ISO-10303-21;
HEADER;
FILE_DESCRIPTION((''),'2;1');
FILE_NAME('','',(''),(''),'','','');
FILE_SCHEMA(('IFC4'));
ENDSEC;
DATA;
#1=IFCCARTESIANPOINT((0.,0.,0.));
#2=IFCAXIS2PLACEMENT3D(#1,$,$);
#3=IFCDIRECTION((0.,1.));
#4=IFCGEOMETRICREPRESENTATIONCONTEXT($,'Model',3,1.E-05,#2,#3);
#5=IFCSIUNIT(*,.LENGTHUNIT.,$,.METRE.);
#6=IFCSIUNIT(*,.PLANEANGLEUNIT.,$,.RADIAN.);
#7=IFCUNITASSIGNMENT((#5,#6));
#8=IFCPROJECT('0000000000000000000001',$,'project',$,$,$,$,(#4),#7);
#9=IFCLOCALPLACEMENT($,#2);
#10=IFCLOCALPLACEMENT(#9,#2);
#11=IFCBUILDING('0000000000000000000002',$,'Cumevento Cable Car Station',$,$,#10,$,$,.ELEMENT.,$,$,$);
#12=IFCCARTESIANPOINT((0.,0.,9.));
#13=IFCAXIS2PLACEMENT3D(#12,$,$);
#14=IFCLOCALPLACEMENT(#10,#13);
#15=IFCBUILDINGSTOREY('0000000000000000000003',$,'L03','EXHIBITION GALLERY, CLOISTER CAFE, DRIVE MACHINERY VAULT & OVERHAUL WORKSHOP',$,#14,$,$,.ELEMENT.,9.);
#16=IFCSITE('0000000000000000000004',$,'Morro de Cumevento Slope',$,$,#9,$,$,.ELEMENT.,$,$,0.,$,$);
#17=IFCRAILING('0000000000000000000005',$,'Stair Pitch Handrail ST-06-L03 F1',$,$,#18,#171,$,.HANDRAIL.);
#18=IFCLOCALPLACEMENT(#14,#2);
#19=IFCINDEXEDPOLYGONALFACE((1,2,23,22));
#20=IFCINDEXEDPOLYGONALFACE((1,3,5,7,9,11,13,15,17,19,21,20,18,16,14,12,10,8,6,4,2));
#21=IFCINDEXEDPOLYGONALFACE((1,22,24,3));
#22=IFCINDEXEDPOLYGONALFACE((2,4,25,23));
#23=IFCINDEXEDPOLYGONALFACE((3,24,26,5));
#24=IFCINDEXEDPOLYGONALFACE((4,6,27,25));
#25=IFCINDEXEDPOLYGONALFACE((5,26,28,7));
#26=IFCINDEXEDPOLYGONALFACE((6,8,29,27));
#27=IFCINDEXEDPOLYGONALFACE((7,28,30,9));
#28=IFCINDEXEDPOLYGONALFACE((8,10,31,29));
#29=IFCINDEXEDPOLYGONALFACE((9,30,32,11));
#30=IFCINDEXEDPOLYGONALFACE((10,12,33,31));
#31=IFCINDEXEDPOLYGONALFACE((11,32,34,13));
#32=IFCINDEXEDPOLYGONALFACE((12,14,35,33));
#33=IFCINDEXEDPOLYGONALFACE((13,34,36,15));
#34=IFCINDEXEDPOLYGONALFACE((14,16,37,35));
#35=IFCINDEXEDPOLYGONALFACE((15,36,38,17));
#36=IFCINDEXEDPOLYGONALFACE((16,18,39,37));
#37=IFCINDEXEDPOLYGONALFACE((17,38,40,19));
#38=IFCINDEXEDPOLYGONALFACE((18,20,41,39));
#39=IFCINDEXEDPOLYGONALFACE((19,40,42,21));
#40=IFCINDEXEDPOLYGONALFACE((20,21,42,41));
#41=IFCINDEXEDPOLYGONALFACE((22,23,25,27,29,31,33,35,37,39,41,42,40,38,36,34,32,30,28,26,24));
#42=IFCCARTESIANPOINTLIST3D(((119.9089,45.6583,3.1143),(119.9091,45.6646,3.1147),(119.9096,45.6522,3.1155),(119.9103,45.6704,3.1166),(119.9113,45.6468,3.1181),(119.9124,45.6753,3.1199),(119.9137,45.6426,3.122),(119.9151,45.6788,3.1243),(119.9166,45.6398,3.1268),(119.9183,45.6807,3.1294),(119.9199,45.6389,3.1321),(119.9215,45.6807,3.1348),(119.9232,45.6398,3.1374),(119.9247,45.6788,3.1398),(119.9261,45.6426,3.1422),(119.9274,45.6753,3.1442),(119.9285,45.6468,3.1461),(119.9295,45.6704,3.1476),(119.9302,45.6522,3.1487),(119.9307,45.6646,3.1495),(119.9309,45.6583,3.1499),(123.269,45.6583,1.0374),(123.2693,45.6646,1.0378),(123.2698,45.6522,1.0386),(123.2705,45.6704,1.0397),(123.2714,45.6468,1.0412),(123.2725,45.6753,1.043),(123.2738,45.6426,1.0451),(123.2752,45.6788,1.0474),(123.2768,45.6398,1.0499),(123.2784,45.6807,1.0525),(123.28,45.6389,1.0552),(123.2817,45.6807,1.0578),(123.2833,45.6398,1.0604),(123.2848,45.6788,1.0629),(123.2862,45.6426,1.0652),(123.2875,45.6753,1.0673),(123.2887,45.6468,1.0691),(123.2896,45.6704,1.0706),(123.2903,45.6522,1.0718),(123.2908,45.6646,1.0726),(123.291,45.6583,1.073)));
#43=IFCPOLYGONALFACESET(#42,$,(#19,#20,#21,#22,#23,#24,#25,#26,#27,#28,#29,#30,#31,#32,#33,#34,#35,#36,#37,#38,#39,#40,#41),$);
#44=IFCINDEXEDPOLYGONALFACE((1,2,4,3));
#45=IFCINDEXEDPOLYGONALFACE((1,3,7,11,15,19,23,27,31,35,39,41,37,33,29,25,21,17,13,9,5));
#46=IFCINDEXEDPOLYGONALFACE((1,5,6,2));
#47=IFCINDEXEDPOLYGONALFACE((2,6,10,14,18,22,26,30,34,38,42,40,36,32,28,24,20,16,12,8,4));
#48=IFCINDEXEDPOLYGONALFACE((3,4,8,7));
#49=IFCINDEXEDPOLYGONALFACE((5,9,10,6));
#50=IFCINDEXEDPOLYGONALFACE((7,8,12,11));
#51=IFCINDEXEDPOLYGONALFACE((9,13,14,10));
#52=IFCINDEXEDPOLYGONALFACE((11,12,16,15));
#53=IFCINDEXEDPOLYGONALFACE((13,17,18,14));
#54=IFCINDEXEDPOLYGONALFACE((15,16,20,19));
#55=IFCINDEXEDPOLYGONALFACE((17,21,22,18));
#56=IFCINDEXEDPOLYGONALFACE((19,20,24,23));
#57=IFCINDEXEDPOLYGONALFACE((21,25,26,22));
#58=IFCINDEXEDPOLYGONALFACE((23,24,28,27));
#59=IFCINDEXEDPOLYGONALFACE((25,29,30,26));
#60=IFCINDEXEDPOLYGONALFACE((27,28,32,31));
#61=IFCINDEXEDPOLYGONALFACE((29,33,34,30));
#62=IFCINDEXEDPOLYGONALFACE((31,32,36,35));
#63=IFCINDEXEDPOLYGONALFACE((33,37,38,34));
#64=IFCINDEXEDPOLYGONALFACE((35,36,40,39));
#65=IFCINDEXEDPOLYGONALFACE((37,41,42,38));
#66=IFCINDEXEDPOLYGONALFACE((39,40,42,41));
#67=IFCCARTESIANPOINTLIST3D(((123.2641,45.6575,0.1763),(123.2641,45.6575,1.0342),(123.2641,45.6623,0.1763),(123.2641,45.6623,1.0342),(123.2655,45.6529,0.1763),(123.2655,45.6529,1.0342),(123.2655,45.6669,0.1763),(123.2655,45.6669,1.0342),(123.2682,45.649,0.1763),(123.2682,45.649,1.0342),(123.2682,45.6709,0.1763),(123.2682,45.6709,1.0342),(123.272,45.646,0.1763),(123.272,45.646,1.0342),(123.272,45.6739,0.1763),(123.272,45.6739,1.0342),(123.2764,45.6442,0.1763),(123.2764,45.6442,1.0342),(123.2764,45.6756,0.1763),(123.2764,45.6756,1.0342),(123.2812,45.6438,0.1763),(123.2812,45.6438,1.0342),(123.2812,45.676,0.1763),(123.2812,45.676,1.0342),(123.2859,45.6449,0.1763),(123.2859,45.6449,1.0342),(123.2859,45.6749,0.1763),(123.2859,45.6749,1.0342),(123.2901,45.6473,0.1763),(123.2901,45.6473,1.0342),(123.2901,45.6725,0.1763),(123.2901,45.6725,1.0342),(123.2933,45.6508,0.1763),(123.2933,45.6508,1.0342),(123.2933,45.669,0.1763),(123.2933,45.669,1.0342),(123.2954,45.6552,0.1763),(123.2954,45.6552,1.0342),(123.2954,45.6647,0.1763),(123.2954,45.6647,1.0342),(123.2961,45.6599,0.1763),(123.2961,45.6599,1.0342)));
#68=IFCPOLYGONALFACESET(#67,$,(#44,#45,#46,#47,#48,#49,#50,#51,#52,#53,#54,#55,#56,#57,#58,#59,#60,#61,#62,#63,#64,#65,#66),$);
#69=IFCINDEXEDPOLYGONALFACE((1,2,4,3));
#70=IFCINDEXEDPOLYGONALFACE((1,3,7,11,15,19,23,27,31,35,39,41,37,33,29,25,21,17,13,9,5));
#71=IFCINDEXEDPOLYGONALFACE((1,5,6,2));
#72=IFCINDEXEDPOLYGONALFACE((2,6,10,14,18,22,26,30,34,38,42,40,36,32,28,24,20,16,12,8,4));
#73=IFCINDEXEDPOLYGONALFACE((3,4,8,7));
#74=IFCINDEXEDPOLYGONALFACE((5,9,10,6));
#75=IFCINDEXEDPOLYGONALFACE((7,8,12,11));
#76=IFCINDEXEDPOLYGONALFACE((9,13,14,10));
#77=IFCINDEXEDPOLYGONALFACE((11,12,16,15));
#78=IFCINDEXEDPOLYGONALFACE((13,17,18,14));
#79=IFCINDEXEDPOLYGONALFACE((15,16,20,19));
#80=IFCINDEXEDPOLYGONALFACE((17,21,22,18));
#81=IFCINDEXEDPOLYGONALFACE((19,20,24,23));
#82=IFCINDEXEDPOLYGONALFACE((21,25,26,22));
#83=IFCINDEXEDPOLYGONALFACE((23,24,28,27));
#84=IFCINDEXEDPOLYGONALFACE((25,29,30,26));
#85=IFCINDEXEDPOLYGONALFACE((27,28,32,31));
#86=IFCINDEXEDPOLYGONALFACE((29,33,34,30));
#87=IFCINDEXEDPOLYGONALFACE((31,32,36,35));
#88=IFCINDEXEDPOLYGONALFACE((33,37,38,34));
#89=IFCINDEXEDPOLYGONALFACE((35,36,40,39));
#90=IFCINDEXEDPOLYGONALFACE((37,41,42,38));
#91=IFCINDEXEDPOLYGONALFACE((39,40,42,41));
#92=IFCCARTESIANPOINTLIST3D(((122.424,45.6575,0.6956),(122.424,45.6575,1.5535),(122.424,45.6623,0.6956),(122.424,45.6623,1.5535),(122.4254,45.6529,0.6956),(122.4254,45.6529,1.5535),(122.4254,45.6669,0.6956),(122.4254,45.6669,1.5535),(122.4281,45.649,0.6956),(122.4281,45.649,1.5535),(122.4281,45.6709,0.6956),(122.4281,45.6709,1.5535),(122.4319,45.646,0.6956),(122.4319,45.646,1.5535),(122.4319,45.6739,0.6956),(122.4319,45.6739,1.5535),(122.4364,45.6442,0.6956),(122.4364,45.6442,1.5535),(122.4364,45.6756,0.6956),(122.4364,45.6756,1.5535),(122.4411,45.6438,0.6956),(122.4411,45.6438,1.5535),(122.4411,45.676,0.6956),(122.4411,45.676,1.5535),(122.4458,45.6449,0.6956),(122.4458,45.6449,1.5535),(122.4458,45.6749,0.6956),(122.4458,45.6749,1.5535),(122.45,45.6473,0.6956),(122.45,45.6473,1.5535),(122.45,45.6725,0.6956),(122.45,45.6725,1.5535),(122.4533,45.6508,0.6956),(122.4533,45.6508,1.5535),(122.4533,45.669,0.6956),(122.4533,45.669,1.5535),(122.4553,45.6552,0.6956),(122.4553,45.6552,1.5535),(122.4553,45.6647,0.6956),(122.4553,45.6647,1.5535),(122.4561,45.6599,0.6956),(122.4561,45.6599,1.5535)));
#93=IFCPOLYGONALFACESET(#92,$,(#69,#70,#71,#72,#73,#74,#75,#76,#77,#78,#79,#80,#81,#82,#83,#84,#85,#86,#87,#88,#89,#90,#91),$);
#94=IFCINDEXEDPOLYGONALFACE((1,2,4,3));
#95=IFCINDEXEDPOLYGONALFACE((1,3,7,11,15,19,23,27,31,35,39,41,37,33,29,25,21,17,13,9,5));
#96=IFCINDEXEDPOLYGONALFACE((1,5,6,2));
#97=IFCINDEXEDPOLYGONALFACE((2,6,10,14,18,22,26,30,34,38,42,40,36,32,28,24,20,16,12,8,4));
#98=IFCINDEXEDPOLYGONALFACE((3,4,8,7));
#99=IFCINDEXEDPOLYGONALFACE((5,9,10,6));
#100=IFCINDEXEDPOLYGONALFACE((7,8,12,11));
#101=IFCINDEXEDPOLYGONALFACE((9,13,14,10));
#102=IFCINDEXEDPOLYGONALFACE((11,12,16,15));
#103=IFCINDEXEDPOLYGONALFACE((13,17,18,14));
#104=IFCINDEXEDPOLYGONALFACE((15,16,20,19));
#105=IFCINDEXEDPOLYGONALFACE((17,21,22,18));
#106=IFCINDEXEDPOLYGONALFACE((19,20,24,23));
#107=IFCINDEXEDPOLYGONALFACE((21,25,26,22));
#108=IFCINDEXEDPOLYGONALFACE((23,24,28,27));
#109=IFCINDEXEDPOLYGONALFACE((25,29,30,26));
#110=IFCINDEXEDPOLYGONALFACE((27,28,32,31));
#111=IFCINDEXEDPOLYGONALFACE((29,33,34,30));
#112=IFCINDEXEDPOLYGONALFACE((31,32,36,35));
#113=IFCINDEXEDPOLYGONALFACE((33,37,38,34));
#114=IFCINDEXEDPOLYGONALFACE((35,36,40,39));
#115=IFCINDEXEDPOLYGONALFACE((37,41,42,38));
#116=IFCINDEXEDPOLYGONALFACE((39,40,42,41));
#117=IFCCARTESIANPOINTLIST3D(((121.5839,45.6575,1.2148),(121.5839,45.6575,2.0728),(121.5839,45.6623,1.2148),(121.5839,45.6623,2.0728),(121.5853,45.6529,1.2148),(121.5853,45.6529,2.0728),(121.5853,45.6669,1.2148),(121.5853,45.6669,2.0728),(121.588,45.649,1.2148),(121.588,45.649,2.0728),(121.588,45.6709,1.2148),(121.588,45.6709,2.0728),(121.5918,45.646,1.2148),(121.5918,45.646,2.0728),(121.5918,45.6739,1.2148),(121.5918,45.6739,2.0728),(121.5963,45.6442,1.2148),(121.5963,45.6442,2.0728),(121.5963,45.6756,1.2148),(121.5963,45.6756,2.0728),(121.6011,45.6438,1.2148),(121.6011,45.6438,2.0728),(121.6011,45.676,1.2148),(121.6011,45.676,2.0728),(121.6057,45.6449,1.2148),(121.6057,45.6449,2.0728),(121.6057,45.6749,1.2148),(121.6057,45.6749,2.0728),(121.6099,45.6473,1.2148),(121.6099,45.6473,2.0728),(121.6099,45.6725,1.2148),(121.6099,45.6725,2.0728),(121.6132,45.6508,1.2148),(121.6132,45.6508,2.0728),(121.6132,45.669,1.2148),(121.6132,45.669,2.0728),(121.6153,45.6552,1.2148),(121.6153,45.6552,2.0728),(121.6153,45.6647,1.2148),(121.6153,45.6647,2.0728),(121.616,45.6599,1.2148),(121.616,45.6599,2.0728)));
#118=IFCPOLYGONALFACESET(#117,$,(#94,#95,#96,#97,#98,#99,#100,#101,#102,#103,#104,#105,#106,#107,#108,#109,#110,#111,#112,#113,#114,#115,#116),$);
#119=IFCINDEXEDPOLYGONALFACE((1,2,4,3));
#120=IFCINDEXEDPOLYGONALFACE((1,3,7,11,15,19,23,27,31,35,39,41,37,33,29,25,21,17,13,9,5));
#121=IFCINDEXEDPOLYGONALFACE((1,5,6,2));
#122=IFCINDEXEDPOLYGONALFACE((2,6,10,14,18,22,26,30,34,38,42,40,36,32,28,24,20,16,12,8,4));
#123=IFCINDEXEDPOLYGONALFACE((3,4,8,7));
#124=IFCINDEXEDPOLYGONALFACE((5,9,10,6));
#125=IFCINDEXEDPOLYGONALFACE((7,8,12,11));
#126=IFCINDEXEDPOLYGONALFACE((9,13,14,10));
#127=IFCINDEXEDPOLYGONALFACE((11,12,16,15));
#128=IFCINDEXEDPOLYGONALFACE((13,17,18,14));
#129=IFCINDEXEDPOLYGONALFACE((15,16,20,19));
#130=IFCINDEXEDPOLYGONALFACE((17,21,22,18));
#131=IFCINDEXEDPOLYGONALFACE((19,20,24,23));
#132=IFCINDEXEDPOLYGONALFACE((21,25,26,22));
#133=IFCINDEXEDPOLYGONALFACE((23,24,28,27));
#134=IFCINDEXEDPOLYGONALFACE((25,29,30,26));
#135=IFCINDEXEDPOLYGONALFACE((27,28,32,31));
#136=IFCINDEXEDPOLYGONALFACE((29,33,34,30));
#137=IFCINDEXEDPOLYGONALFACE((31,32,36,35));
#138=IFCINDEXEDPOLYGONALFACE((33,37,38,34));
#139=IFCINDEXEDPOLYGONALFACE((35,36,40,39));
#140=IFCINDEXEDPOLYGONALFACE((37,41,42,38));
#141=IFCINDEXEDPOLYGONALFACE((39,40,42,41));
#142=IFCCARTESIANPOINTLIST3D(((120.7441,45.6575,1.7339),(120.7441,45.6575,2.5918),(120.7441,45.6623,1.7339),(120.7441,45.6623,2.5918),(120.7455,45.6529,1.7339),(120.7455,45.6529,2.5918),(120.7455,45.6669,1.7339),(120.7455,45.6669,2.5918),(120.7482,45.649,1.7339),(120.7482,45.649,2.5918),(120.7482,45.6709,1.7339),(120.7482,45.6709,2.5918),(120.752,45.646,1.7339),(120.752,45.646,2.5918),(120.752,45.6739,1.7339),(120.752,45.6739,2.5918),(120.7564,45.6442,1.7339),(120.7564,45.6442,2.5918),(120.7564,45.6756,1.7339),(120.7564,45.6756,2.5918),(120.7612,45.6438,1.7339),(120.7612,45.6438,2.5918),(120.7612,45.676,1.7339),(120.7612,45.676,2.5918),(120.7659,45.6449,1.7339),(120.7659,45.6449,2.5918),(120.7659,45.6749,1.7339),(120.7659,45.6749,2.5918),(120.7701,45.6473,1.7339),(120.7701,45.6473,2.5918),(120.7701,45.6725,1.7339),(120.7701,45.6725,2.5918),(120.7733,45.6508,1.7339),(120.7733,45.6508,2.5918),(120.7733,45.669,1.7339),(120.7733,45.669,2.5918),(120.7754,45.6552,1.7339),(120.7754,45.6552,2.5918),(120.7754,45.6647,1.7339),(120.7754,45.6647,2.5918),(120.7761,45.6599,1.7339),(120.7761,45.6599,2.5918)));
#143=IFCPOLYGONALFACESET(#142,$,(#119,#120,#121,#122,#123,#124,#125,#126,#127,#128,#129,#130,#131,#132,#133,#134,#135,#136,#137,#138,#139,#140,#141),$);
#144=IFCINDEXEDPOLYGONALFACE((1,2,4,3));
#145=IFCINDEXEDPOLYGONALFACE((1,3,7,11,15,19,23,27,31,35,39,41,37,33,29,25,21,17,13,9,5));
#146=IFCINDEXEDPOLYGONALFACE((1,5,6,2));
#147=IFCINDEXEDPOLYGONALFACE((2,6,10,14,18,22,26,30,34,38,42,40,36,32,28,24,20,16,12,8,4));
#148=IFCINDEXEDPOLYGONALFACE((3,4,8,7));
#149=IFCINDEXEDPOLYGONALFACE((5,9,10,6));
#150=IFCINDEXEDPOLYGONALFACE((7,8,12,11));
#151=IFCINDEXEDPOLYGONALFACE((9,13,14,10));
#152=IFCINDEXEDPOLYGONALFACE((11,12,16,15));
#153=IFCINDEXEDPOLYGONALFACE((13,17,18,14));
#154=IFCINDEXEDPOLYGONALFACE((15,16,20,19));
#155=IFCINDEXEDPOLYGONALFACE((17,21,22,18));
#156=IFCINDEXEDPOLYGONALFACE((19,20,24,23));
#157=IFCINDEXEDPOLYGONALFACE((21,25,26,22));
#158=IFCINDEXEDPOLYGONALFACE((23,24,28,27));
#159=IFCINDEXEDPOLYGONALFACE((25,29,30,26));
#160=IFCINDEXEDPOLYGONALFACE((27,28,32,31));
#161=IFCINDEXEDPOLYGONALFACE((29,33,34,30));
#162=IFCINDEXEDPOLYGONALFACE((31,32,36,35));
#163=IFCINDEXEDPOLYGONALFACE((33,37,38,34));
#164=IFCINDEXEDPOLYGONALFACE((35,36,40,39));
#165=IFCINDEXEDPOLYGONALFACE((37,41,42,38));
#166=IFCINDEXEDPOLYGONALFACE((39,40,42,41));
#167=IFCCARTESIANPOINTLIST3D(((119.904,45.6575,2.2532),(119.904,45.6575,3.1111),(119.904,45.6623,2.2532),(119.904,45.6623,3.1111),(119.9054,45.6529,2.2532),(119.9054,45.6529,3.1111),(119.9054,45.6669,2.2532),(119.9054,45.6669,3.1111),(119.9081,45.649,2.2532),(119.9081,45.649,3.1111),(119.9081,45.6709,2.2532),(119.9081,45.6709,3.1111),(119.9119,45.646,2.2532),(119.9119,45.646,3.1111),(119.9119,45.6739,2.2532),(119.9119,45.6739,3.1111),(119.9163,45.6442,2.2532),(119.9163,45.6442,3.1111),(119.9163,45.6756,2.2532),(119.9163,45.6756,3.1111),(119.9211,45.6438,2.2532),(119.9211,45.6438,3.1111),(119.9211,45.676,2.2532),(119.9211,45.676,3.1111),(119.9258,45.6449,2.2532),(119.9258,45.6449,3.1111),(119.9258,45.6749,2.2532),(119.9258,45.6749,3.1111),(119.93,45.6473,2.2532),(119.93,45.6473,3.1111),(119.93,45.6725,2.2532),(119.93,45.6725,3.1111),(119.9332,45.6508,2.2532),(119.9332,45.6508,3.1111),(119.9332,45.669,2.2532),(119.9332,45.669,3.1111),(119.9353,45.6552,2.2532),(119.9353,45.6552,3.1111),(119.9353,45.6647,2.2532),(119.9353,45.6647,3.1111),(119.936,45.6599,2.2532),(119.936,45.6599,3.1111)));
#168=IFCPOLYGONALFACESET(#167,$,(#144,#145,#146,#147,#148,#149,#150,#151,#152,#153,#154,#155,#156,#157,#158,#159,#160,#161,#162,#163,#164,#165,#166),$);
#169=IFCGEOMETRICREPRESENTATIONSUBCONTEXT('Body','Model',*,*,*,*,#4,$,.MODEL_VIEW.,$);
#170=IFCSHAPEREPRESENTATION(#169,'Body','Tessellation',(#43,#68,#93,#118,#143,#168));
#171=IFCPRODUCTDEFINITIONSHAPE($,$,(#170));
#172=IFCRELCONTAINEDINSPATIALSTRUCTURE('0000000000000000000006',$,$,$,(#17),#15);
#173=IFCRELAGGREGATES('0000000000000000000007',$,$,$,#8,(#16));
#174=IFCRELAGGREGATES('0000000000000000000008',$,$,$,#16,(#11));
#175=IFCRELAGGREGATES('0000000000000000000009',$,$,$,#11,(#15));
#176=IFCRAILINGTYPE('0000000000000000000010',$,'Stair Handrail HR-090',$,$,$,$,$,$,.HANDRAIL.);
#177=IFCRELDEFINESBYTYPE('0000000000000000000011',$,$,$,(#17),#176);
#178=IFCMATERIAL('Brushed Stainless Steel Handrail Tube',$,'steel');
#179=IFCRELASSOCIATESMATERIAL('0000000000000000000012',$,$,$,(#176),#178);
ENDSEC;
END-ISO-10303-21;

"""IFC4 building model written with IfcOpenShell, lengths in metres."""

from ifc_helpers import new_model, si_unit, direction, frame, origin, origin_2d, place, context, subcontext, project, spatial, circle, extrude, material, type_object, element, save


model = new_model("IFC4")

# Units and contexts
model_context = context("Model", 3, precision=1e-05, world=origin(), true_north=direction((0.0, 1.0)))
body_context = subcontext(model_context, "Body", "Model", "MODEL_VIEW")
ifc_project = project(units=[si_unit("LENGTHUNIT", "METRE"), si_unit("PLANEANGLEUNIT", "RADIAN")], contexts=[model_context])

# Site, building, storey
site_placement = place(None, origin())
site = spatial("IfcSite", under=ifc_project, at=site_placement, Name="Morro de Cumevento Slope", CompositionType="ELEMENT", RefElevation=0.0)
building_placement = place(site_placement, origin())
building = spatial("IfcBuilding", under=site, at=building_placement, Name="Cumevento Cable Car Station", CompositionType="ELEMENT")
storey_placement = place(building_placement, frame((0.0, 0.0, 9.0)))
storey = spatial("IfcBuildingStorey", under=building, at=storey_placement, Name="L03", Description="EXHIBITION GALLERY, CLOISTER CAFE, DRIVE MACHINERY VAULT & OVERHAUL WORKSHOP", CompositionType="ELEMENT", Elevation=9.0)

# Railing
ifc_material_1 = material(Name="Brushed Stainless Steel Handrail Tube", Category="steel")
railing_type_1 = type_object("IfcRailingType", Name="Stair Handrail HR-090", PredefinedType="HANDRAIL", material=ifc_material_1)
railing_1_placement = place(storey_placement, frame((123.28, 45.6599, 0.1763)))
element("IfcRailing", 1, at=railing_1_placement, inside=storey, type_object=railing_type_1, Name="Stair Pitch Handrail ST-06-L03 F1", PredefinedType="HANDRAIL", context=body_context, shape_type="SweptSolid", body=[
    extrude(circle(Radius=0.021, at=origin_2d()), frame((0.0, 0.0, 0.8789), z_axis=(-0.850623, 0.0, 0.525776), x_axis=(0.0, -1.0, 0.0)), (0.0, 0.0, 1.0), 3.9502),
    extrude(circle(Radius=0.0161, at=origin_2d()), origin(), (0.0, 0.0, 1.0), 0.8579),
    extrude(circle(Radius=0.0161, at=origin_2d()), frame((-0.8401, 0.0, 0.5193)), (0.0, 0.0, 1.0), 0.8579),
    extrude(circle(Radius=0.0161, at=origin_2d()), frame((-1.6802, 0.0, 1.0386)), (0.0, 0.0, 1.0), 0.8579),
    extrude(circle(Radius=0.0161, at=origin_2d()), frame((-2.52, 0.0, 1.5576)), (0.0, 0.0, 1.0), 0.8579),
    extrude(circle(Radius=0.0161, at=origin_2d()), frame((-3.3601, 0.0, 2.0769)), (0.0, 0.0, 1.0), 0.8579),
])

save(model, "model.ifc")
